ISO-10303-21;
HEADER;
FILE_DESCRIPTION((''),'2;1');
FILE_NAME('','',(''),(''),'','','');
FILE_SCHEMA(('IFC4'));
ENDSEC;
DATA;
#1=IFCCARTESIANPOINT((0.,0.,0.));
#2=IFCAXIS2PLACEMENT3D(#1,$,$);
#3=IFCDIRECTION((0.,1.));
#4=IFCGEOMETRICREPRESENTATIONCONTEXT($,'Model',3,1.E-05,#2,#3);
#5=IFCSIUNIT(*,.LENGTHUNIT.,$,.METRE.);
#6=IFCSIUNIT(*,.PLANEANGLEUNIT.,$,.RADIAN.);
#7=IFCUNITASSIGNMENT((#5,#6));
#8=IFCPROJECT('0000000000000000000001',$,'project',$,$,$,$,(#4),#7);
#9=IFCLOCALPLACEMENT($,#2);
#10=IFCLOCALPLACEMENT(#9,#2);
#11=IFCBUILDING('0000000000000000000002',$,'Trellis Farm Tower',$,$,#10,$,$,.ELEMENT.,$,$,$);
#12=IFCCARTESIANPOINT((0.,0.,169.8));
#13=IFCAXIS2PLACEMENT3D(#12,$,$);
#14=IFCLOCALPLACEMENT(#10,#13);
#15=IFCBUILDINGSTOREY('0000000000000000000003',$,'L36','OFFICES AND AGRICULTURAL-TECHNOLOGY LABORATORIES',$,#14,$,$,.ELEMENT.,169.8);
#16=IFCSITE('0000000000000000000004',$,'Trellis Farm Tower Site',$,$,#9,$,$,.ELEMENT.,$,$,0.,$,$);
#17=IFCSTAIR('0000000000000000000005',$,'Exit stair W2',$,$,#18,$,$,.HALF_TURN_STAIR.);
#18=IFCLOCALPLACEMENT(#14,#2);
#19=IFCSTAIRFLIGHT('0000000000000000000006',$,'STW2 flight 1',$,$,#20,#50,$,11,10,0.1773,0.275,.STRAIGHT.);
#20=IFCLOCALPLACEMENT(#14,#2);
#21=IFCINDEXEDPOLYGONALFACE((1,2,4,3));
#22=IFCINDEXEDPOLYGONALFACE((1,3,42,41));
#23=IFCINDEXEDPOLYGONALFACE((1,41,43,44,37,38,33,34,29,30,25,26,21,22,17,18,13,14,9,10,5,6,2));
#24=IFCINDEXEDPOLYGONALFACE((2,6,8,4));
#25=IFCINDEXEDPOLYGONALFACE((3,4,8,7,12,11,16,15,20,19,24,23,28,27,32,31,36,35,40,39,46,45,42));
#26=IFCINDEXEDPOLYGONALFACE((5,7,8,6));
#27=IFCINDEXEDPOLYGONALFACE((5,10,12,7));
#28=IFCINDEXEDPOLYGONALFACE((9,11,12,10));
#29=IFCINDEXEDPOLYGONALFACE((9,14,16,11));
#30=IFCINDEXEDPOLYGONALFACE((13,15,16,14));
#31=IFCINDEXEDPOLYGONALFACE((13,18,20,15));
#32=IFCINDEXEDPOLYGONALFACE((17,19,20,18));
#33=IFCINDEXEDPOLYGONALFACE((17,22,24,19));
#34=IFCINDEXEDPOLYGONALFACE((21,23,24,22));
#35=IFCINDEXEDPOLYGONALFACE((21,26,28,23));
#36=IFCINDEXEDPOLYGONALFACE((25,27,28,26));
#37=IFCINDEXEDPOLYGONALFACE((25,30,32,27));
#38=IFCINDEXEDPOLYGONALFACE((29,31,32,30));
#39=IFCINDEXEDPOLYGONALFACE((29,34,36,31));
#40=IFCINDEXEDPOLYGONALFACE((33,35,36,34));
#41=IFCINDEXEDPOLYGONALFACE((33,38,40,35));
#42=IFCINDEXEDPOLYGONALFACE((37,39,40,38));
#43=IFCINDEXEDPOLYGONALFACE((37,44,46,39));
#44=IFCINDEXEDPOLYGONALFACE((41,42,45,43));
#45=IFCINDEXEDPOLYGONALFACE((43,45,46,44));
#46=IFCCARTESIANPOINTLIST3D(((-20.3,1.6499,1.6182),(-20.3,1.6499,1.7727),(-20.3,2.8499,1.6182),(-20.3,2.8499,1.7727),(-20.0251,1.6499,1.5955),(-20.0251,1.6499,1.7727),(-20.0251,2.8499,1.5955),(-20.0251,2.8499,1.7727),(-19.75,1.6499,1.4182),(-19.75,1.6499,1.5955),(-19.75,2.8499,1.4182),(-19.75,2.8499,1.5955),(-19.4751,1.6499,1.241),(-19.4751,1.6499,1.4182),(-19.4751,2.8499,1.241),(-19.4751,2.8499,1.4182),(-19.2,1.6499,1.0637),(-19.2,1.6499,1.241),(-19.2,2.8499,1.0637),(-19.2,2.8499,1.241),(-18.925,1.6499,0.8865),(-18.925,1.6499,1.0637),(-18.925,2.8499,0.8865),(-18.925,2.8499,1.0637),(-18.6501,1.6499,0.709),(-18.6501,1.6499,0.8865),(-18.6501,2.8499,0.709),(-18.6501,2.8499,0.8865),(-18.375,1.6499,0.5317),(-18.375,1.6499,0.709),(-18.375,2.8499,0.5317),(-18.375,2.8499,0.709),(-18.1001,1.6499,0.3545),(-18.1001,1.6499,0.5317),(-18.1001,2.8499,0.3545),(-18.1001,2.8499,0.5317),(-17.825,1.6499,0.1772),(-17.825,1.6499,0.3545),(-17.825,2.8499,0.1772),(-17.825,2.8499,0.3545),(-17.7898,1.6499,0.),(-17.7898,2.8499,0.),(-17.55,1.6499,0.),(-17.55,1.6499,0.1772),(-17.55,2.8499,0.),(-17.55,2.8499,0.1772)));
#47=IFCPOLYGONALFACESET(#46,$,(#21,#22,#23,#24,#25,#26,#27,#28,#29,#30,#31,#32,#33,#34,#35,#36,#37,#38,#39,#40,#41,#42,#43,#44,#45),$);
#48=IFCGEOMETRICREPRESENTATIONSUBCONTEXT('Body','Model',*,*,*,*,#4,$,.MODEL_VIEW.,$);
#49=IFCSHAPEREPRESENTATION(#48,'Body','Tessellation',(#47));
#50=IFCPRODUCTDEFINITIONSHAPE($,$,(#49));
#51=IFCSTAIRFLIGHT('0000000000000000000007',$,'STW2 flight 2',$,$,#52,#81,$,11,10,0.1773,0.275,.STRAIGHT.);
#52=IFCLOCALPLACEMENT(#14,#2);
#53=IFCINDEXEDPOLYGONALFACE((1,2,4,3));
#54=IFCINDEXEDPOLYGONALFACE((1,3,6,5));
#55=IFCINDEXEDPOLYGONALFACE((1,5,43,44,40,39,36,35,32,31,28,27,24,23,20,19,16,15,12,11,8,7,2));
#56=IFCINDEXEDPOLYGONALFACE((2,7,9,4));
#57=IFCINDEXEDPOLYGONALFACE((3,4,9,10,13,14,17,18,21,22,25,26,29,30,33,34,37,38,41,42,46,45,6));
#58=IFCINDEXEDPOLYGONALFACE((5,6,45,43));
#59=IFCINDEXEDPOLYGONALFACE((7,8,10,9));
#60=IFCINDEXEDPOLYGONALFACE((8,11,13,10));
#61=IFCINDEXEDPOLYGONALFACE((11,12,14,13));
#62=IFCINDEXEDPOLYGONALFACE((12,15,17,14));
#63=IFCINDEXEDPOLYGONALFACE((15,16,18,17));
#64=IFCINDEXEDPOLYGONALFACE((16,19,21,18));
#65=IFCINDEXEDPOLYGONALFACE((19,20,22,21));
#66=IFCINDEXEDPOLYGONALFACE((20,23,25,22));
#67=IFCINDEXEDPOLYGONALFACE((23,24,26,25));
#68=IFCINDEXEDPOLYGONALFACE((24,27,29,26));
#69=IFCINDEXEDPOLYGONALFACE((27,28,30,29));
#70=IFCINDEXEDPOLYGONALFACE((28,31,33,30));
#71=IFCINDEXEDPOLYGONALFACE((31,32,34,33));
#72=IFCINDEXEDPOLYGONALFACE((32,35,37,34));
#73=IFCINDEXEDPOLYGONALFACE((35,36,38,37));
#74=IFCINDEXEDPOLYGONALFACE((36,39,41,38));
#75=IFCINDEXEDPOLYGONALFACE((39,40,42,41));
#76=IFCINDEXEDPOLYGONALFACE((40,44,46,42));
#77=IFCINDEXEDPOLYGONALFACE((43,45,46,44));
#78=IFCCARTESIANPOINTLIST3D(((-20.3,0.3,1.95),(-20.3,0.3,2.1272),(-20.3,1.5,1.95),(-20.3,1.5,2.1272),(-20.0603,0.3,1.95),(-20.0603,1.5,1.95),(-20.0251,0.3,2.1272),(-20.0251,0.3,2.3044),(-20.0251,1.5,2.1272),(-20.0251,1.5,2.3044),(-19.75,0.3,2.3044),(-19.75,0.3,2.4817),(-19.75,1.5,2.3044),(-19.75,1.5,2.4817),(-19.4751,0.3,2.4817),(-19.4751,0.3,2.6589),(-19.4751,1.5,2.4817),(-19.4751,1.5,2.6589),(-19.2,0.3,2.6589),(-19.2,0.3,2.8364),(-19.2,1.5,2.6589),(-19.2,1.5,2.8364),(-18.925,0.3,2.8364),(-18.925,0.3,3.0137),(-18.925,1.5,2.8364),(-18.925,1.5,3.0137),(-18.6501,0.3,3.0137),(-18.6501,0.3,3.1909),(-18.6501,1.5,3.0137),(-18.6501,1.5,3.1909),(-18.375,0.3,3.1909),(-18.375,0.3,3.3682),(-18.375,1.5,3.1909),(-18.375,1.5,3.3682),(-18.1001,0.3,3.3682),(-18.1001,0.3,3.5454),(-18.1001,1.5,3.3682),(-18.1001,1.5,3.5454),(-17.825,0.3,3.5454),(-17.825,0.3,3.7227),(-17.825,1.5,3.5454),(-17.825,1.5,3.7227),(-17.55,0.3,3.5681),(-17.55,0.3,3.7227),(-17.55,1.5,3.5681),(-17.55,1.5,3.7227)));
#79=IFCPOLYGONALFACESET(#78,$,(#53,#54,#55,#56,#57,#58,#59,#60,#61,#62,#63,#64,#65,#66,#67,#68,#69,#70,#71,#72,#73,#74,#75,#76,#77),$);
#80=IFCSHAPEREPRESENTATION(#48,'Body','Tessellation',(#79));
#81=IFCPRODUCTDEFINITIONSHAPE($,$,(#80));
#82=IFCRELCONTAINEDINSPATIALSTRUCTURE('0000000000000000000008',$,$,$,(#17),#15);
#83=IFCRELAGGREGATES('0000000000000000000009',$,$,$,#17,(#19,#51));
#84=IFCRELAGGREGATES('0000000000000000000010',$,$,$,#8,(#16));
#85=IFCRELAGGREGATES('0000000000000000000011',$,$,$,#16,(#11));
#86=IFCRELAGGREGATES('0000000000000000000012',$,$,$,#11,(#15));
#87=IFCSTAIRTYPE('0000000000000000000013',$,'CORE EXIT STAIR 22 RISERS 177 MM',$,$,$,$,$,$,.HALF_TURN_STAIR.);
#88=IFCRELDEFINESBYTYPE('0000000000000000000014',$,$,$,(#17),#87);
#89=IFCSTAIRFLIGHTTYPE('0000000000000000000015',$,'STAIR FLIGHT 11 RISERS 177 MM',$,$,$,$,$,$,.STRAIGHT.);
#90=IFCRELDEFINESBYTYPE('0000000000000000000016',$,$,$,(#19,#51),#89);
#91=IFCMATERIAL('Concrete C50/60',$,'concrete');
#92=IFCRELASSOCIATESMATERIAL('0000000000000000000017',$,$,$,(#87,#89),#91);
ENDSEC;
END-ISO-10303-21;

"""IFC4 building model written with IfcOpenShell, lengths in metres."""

from ifc_helpers import new_model, si_unit, direction, frame, origin, place, context, subcontext, project, spatial, polyline, outline, extrude, source, transform, mapped, material, type_object, element, aggregate, save


model = new_model("IFC4")

# Units and contexts
model_context = context("Model", 3, precision=1e-05, world=origin(), true_north=direction((0.0, 1.0)))
body_context = subcontext(model_context, "Body", "Model", "MODEL_VIEW")
ifc_project = project(units=[si_unit("LENGTHUNIT", "METRE"), si_unit("PLANEANGLEUNIT", "RADIAN")], contexts=[model_context])

# Site, building, storey
site_placement = place(None, origin())
site = spatial("IfcSite", under=ifc_project, at=site_placement, Name="Trellis Farm Tower Site", CompositionType="ELEMENT", RefElevation=0.0)
building_placement = place(site_placement, origin())
building = spatial("IfcBuilding", under=site, at=building_placement, Name="Trellis Farm Tower", CompositionType="ELEMENT")
storey_placement = place(building_placement, frame((0.0, 0.0, 169.8)))
storey = spatial("IfcBuildingStorey", under=building, at=storey_placement, Name="L36", Description="OFFICES AND AGRICULTURAL-TECHNOLOGY LABORATORIES", CompositionType="ELEMENT", Elevation=169.8)

# Shared definitions
placement = place(storey_placement, origin())

# Stair, stair flights
ifc_material_1 = material(Name="Concrete C50/60", Category="concrete")
stair_type = type_object("IfcStairType", Name="CORE EXIT STAIR 22 RISERS 177 MM", PredefinedType="HALF_TURN_STAIR", material=ifc_material_1)
stair_flight_type = type_object("IfcStairFlightType", Name="STAIR FLIGHT 11 RISERS 177 MM", PredefinedType="STRAIGHT", material=ifc_material_1)
shared_shape_1 = source(origin(), body_context, "Body", "SweptSolid", [
    extrude(outline(polyline([(0.0, 0.0), (0.0, 0.1772), (0.2749, 0.1772), (0.2749, 0.3545), (0.55, 0.3545), (0.55, 0.5317), (0.825, 0.5317), (0.825, 0.709), (1.1001, 0.709), (1.1001, 0.8865), (1.375, 0.8865), (1.375, 1.0637), (1.6499, 1.0637), (1.6499, 1.241), (1.925, 1.241), (1.925, 1.4182), (2.2, 1.4182), (2.2, 1.5955), (2.4751, 1.5955), (2.4751, 1.7727), (2.75, 1.7727), (2.75, 1.95), (2.75, 1.6182), (0.2397, 0.0), (0.0, 0.0)])), frame((0.0, 0.6001, 0.0), z_axis=(0.0, -1.0, 0.0), x_axis=(1.0, 0.0, 0.0)), (0.0, 0.0, 1.0), 1.2),
])
stair_1 = element("IfcStair", 1, at=placement, inside=storey, type_object=stair_type, Name="Exit stair W2", PredefinedType="HALF_TURN_STAIR")
stair_flight_1_placement = place(storey_placement, frame((-17.55, 2.25, 0.0), z_axis=(0.0, 0.0, 1.0), x_axis=(-1.0, 0.0, 0.0)))
stair_flight_1 = element("IfcStairFlight", 2, at=stair_flight_1_placement, type_object=stair_flight_type, Name="STW2 flight 1", NumberOfRisers=11, NumberOfTreads=10, PredefinedType="STRAIGHT", RiserHeight=0.1773, TreadLength=0.275, context=body_context, shape_type="MappedRepresentation", body=[
    mapped(shared_shape_1, transform((0.0, 0.0, 0.0))),
])
stair_flight_2_placement = place(storey_placement, frame((-20.3, 0.8999, 1.95), z_axis=(0.0, 0.0, 1.0), x_axis=(1.0, 0.0, 0.0)))
stair_flight_2 = element("IfcStairFlight", 3, at=stair_flight_2_placement, type_object=stair_flight_type, Name="STW2 flight 2", NumberOfRisers=11, NumberOfTreads=10, PredefinedType="STRAIGHT", RiserHeight=0.1773, TreadLength=0.275, context=body_context, shape_type="MappedRepresentation", body=[
    mapped(shared_shape_1, transform((0.0, 0.0, 0.0))),
])
aggregate(stair_1, [stair_flight_1, stair_flight_2])

save(model, "model.ifc")
